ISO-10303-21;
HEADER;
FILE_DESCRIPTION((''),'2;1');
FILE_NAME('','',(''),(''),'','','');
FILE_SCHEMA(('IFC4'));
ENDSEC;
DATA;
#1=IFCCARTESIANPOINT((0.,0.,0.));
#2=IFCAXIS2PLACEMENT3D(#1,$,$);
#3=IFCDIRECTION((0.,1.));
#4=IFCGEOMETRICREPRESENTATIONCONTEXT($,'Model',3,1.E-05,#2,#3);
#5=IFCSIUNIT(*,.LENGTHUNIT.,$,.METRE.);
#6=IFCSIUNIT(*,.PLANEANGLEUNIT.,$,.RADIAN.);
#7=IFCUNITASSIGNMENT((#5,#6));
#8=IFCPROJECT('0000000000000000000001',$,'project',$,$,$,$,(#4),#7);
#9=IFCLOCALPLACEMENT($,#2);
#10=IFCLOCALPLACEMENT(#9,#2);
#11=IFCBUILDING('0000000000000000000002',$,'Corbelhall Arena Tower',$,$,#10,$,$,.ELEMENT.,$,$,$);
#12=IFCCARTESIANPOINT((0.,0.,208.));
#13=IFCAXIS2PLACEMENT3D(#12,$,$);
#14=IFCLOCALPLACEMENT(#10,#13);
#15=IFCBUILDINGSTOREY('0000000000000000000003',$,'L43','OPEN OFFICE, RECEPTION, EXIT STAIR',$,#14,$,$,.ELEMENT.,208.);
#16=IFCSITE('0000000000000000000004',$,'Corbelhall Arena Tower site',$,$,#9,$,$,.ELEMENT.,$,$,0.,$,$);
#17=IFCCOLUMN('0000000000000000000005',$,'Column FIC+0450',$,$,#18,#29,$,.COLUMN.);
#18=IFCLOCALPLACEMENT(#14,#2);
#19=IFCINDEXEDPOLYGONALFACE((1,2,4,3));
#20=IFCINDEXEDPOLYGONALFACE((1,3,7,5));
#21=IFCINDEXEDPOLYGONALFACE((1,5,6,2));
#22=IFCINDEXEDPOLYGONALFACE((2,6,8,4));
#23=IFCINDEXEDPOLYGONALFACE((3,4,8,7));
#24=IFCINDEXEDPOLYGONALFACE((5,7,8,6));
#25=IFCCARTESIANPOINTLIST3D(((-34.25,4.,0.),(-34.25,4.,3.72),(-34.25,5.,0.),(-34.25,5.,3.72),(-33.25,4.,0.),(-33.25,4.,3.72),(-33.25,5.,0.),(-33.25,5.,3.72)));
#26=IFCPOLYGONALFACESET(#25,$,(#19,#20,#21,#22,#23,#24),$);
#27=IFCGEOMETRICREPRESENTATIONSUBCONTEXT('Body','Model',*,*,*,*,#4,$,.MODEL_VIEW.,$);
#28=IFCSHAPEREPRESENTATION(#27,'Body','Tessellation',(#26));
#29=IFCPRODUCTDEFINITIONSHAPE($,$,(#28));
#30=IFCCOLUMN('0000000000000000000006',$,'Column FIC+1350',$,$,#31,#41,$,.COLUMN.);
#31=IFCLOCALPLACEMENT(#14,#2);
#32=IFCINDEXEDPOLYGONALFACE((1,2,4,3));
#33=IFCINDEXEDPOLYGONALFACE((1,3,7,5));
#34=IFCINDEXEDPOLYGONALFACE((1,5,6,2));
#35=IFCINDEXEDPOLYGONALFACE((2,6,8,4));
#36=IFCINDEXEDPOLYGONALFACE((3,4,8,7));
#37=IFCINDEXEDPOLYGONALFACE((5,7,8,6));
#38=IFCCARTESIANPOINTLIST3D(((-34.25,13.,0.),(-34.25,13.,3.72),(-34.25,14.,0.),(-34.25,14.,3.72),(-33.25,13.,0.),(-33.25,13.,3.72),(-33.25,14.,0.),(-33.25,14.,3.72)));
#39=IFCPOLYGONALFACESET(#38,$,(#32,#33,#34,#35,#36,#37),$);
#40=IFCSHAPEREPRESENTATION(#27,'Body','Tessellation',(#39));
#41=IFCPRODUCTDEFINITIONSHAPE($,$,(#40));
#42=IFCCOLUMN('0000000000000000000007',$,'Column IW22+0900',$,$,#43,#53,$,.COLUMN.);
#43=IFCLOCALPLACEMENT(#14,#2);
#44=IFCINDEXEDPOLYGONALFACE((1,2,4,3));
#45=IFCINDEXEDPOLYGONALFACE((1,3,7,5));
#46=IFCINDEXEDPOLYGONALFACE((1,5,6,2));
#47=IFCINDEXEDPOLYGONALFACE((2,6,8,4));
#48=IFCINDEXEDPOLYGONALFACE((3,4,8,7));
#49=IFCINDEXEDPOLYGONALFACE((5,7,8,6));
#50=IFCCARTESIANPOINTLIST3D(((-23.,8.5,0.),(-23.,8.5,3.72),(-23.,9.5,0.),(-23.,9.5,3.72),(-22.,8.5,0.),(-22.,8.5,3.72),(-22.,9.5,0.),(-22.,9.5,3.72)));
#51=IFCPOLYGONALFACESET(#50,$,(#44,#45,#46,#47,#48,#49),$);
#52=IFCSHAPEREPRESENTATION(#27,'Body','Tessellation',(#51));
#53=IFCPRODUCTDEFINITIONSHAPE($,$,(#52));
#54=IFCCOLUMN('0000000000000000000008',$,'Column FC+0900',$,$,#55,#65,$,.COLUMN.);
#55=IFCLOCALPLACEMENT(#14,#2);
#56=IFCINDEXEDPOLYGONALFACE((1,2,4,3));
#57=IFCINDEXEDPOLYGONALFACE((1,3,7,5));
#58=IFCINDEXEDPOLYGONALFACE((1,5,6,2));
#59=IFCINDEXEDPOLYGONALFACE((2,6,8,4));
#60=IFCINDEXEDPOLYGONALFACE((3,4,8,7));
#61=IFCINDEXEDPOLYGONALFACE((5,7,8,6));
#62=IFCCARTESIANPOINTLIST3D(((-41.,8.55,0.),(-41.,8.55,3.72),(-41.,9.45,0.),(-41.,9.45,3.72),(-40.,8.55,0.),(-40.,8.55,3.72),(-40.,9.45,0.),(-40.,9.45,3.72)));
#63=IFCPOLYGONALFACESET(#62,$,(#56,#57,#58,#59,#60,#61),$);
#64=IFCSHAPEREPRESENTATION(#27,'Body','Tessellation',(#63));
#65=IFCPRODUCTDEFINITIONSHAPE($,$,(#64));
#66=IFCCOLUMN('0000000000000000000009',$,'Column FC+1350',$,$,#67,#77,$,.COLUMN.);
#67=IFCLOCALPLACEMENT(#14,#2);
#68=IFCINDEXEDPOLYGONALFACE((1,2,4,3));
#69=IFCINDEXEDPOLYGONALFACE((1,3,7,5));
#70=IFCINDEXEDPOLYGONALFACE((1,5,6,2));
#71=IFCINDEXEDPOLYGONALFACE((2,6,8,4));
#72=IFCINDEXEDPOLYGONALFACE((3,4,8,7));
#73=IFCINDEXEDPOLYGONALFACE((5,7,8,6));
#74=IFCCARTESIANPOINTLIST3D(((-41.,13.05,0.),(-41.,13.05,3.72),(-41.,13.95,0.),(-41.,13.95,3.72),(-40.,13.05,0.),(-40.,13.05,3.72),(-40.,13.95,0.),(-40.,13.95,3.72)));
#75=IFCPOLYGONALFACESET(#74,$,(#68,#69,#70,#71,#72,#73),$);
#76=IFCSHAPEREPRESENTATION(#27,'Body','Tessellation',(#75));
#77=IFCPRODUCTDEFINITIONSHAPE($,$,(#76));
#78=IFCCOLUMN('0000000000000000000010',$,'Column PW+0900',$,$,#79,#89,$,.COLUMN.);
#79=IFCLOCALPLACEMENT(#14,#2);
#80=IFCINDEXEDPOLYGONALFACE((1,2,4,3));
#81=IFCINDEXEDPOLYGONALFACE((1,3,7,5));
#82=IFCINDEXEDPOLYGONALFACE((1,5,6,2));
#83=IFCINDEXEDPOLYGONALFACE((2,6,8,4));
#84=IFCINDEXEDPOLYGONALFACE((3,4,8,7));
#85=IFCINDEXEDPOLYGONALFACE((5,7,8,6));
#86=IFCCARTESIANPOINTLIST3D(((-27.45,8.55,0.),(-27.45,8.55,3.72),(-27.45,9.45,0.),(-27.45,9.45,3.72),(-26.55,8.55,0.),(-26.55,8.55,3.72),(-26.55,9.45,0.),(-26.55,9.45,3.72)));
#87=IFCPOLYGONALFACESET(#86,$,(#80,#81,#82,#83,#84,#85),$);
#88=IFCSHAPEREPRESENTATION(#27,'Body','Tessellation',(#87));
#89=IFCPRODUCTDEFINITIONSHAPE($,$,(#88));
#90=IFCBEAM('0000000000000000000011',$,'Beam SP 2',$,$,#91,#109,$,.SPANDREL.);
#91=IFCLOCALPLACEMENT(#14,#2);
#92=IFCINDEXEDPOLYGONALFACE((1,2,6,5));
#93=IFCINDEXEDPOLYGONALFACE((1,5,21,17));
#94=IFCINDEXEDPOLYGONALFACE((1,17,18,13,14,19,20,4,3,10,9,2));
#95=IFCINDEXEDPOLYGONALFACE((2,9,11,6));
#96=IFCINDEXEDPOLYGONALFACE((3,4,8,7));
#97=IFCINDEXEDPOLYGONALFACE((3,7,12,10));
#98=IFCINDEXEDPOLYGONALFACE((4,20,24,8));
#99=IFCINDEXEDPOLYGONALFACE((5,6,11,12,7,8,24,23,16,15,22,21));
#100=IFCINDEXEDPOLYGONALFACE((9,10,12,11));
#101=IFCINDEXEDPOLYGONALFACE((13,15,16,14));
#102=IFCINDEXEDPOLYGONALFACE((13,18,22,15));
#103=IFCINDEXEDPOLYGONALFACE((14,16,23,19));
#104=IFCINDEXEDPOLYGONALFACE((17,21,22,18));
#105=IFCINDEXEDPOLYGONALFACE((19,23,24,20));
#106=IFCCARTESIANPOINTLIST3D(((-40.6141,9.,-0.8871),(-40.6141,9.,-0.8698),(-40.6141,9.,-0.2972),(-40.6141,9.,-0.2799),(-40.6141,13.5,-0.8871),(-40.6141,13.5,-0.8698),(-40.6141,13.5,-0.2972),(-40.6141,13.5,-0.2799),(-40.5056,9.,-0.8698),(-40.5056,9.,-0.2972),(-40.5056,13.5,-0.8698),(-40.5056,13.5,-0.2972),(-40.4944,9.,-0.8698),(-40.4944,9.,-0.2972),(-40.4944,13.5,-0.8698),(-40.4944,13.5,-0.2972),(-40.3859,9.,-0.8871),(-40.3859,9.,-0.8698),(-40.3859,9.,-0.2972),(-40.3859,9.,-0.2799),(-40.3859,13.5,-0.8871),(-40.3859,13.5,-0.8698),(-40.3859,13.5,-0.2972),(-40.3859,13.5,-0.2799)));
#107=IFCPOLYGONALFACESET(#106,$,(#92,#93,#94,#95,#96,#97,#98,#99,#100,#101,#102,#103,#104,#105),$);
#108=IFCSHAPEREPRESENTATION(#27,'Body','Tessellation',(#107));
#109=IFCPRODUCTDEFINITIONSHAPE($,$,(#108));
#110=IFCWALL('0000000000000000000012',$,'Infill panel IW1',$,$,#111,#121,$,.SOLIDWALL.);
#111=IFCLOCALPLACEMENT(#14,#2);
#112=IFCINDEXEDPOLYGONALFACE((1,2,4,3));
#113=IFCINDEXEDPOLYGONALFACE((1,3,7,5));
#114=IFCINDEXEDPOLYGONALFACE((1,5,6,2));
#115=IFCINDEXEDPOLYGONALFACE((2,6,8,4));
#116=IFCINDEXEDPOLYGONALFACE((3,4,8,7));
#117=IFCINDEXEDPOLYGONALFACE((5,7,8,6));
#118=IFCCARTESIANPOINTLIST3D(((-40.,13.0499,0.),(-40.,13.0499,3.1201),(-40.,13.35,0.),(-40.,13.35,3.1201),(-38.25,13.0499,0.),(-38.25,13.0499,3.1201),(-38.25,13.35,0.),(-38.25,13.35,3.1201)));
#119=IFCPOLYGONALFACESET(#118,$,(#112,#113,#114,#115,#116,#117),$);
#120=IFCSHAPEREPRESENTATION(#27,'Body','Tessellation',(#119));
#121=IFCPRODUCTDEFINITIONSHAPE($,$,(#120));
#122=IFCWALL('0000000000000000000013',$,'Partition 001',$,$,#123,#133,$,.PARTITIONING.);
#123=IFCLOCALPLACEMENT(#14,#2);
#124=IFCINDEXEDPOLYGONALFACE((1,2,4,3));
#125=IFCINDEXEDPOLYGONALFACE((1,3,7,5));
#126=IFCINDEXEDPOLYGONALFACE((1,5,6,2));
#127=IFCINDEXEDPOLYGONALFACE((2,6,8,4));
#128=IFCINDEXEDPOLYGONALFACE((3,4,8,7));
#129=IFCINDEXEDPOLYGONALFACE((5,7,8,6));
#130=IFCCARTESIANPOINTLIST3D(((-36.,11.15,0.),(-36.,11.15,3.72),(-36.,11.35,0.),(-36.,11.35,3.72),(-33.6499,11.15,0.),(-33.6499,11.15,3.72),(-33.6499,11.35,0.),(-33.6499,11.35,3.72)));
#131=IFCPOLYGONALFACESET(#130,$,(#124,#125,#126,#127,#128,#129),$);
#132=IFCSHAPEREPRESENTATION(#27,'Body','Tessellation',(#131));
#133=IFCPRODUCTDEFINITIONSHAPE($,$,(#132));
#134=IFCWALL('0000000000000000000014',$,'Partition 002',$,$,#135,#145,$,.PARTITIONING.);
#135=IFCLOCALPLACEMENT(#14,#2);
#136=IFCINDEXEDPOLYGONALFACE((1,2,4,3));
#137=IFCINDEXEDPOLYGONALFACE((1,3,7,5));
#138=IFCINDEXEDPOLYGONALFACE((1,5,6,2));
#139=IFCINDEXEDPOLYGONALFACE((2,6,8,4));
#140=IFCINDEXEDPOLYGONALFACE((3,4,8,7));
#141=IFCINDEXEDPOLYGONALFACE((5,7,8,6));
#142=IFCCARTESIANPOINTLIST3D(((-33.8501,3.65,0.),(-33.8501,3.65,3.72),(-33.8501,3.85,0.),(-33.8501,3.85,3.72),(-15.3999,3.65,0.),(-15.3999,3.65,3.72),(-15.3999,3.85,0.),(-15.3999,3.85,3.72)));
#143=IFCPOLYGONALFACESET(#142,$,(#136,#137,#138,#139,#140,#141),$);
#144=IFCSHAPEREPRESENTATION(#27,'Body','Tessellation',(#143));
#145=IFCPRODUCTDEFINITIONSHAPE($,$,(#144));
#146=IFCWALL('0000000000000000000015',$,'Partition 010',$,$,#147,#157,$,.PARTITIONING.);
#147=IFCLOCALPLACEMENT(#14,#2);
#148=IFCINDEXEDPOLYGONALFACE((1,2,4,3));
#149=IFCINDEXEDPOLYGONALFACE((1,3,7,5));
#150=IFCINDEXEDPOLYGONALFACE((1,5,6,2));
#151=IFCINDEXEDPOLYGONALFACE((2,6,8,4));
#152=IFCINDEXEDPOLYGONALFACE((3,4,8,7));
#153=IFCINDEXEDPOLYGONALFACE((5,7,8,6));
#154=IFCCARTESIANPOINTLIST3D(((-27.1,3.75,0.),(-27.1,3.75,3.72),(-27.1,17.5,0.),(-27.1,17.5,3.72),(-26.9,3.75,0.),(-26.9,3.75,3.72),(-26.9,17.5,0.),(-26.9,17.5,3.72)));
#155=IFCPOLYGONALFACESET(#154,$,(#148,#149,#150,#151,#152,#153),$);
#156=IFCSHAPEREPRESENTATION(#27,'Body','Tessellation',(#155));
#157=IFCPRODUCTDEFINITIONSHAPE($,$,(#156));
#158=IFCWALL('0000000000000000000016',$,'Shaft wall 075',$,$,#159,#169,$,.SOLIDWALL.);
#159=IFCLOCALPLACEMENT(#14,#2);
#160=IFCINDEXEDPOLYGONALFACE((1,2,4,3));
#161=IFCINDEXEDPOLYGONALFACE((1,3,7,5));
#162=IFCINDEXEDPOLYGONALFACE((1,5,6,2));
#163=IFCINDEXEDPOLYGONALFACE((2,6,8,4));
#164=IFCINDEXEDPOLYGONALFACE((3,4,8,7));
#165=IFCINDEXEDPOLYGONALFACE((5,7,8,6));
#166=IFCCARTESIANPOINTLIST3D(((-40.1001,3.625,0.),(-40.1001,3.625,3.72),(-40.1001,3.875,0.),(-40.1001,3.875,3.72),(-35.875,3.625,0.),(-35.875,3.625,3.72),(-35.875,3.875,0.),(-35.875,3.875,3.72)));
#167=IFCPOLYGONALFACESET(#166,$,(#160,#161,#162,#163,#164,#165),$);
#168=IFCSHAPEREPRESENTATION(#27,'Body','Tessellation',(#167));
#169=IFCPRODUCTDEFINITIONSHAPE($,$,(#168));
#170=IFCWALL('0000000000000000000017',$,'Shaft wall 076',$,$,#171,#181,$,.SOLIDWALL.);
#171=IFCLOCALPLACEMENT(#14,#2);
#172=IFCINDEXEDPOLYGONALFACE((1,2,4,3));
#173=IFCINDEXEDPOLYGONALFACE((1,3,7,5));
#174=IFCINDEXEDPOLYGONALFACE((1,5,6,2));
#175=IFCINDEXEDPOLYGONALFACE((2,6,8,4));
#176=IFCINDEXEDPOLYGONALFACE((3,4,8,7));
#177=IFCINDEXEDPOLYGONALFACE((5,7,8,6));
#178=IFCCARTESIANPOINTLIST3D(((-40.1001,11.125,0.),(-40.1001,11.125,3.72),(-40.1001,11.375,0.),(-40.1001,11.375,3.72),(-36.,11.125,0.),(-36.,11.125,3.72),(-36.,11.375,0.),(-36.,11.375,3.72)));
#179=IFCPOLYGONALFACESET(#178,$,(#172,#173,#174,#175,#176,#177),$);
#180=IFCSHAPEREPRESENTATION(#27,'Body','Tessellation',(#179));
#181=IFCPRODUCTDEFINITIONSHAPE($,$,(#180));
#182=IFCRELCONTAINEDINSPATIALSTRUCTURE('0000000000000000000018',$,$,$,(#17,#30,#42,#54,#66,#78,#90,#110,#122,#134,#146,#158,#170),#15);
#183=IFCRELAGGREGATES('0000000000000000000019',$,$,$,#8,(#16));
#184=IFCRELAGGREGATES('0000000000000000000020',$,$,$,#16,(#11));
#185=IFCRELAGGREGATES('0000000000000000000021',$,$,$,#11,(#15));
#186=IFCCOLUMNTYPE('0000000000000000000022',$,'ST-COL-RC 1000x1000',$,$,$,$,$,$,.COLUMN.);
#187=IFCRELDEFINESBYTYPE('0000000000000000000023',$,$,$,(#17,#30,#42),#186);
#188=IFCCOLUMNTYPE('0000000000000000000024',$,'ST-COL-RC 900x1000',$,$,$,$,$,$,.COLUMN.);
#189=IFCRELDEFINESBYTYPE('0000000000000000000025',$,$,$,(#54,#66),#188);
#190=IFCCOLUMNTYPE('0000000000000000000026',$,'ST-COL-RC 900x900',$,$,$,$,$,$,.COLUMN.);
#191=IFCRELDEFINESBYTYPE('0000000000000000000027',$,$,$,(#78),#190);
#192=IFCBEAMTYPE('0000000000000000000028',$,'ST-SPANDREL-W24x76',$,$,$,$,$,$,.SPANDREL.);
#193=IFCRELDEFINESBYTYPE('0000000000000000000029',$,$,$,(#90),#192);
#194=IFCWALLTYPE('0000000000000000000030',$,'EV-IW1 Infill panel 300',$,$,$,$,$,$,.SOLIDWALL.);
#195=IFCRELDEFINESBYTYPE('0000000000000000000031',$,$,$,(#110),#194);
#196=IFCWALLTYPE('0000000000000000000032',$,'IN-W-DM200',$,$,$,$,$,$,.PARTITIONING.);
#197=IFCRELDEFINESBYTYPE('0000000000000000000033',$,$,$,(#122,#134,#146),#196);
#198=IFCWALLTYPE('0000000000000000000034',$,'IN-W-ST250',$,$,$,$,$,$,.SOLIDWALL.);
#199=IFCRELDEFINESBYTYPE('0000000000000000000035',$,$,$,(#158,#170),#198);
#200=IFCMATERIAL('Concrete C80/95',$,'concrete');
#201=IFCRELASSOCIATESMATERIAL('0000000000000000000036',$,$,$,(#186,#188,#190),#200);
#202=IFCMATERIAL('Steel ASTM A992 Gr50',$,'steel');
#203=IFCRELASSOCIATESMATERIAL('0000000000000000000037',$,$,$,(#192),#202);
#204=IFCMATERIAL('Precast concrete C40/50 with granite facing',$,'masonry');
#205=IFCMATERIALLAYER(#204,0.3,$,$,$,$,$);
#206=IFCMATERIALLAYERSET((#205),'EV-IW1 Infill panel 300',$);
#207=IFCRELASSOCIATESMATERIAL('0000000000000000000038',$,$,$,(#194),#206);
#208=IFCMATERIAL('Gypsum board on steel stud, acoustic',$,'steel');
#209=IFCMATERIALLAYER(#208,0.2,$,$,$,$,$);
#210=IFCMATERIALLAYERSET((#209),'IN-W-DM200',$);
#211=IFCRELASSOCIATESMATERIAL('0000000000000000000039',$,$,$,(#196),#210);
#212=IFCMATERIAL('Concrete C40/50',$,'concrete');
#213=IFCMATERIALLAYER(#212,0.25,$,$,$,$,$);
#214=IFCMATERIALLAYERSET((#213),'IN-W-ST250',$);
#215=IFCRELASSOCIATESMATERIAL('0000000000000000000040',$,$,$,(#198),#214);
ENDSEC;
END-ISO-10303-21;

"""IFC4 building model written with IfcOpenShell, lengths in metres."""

from ifc_helpers import new_model, si_unit, direction, frame, frame_2d, origin, origin_2d, place, context, subcontext, project, spatial, rectangle, i_section, extrude, material, layer, layer_set, material_profile, profile_set, type_object, element, save


model = new_model("IFC4")

# Units and contexts
model_context = context("Model", 3, precision=1e-05, world=origin(), true_north=direction((0.0, 1.0)))
body_context = subcontext(model_context, "Body", "Model", "MODEL_VIEW")
ifc_project = project(units=[si_unit("LENGTHUNIT", "METRE"), si_unit("PLANEANGLEUNIT", "RADIAN")], contexts=[model_context])

# Site, building, storey
site_placement = place(None, origin())
site = spatial("IfcSite", under=ifc_project, at=site_placement, Name="Corbelhall Arena Tower site", CompositionType="ELEMENT", RefElevation=0.0)
building_placement = place(site_placement, origin())
building = spatial("IfcBuilding", under=site, at=building_placement, Name="Corbelhall Arena Tower", CompositionType="ELEMENT")
storey_placement = place(building_placement, frame((0.0, 0.0, 208.0)))
storey = spatial("IfcBuildingStorey", under=building, at=storey_placement, Name="L43", Description="OPEN OFFICE, RECEPTION, EXIT STAIR", CompositionType="ELEMENT", Elevation=208.0)

# Columns
ifc_material_1 = material(Name="Concrete C80/95", Category="concrete")
ifc_material_profile_1 = material_profile(ifc_material_1, rectangle(XDim=1.0, YDim=1.0, at=origin_2d()))
ifc_profile_set_1 = profile_set([ifc_material_profile_1], Name="Concrete C80/95")
column_type_1 = type_object("IfcColumnType", Name="ST-COL-RC 1000x1000", PredefinedType="COLUMN", material=ifc_profile_set_1)
for number, where, z_axis, x_axis, name in (
    (1, (-33.75, 4.5, 0.0), (0.0, 0.0, 1.0), (1.0, 0.0, 0.0), "Column FIC+0450"),
    (2, (-33.75, 13.5, 0.0), (0.0, 0.0, 1.0), (1.0, 0.0, 0.0), "Column FIC+1350"),
    (3, (-22.5, 9.0, 0.0), (0.0, 0.0, 1.0), (1.0, 0.0, 0.0), "Column IW22+0900"),
):
    element("IfcColumn", number, at=place(storey_placement, frame(where, z_axis=z_axis, x_axis=x_axis)), inside=storey, type_object=column_type_1, Name=name, PredefinedType="COLUMN", context=body_context, shape_type="SweptSolid", body=[
        extrude(rectangle(XDim=1.0, YDim=1.0, at=origin_2d()), origin(), (0.0, 0.0, 1.0), 3.72),
    ])
ifc_material_profile_2 = material_profile(ifc_material_1, rectangle(XDim=0.8999, YDim=1.0, at=origin_2d()))
ifc_profile_set_2 = profile_set([ifc_material_profile_2], Name="Concrete C80/95")
column_type_2 = type_object("IfcColumnType", Name="ST-COL-RC 900x1000", PredefinedType="COLUMN", material=ifc_profile_set_2)
for number, where, z_axis, x_axis, name in (
    (4, (-40.5, 9.0, 0.0), (0.0, 0.0, 1.0), (0.0, 1.0, 0.0), "Column FC+0900"),
    (5, (-40.5, 13.5, 0.0), (0.0, 0.0, 1.0), (0.0, 1.0, 0.0), "Column FC+1350"),
):
    element("IfcColumn", number, at=place(storey_placement, frame(where, z_axis=z_axis, x_axis=x_axis)), inside=storey, type_object=column_type_2, Name=name, PredefinedType="COLUMN", context=body_context, shape_type="SweptSolid", body=[
        extrude(rectangle(XDim=0.8999, YDim=1.0, at=origin_2d()), origin(), (0.0, 0.0, 1.0), 3.72),
    ])
ifc_material_profile_3 = material_profile(ifc_material_1, rectangle(XDim=0.8999, YDim=0.8999, at=origin_2d()))
ifc_profile_set_3 = profile_set([ifc_material_profile_3], Name="Concrete C80/95")
column_type_3 = type_object("IfcColumnType", Name="ST-COL-RC 900x900", PredefinedType="COLUMN", material=ifc_profile_set_3)
column_placement = place(storey_placement, frame((-27.0, 9.0, 0.0), z_axis=(0.0, 0.0, 1.0), x_axis=(1.0, 0.0, 0.0)))
element("IfcColumn", 6, at=column_placement, inside=storey, type_object=column_type_3, Name="Column PW+0900", PredefinedType="COLUMN", context=body_context, shape_type="SweptSolid", body=[
    extrude(rectangle(XDim=0.8999, YDim=0.8999, at=origin_2d()), origin(), (0.0, 0.0, 1.0), 3.72),
])

# Beam
ifc_material_2 = material(Name="Steel ASTM A992 Gr50", Category="steel")
ifc_material_profile_4 = material_profile(ifc_material_2, i_section(OverallWidth=0.2283, OverallDepth=0.6072, WebThickness=0.0112, FlangeThickness=0.0173, at=origin_2d()))
ifc_profile_set_4 = profile_set([ifc_material_profile_4], Name="Steel ASTM A992 Gr50")
beam_type = type_object("IfcBeamType", Name="ST-SPANDREL-W24x76", PredefinedType="SPANDREL", material=ifc_profile_set_4)
beam_placement = place(storey_placement, frame((-40.5, 9.0, -0.5835), z_axis=(0.0, 1.0, 0.0), x_axis=(-1.0, 0.0, 0.0)))
element("IfcBeam", 7, at=beam_placement, inside=storey, type_object=beam_type, Name="Beam SP 2", PredefinedType="SPANDREL", context=body_context, shape_type="SweptSolid", body=[
    extrude(i_section(OverallWidth=0.2283, OverallDepth=0.6072, WebThickness=0.0112, FlangeThickness=0.0173, at=origin_2d()), origin(), (0.0, 0.0, 1.0), 4.5),
])

# Wall
ifc_material_3 = material(Name="Precast concrete C40/50 with granite facing", Category="masonry")
ifc_layer_1 = layer(ifc_material_3, 0.3)
ifc_layer_set_1 = layer_set([ifc_layer_1], Name="EV-IW1 Infill panel 300")
wall_type_1 = type_object("IfcWallType", Name="EV-IW1 Infill panel 300", PredefinedType="SOLIDWALL", material=ifc_layer_set_1)
wall_1_placement = place(storey_placement, frame((-40.0, 13.2, 0.0), z_axis=(0.0, 0.0, 1.0), x_axis=(1.0, 0.0, 0.0)))
element("IfcWall", 8, at=wall_1_placement, inside=storey, type_object=wall_type_1, Name="Infill panel IW1", PredefinedType="SOLIDWALL", context=body_context, shape_type="SweptSolid", body=[
    extrude(rectangle(XDim=1.75, YDim=0.3, at=frame_2d((0.875, 0.0))), origin(), (0.0, 0.0, 1.0), 3.1201),
])

# Walls
ifc_material_4 = material(Name="Gypsum board on steel stud, acoustic", Category="steel")
ifc_layer_2 = layer(ifc_material_4, 0.2)
ifc_layer_set_2 = layer_set([ifc_layer_2], Name="IN-W-DM200")
wall_type_2 = type_object("IfcWallType", Name="IN-W-DM200", PredefinedType="PARTITIONING", material=ifc_layer_set_2)
wall_2_placement = place(storey_placement, frame((-36.0, 11.25, 0.0), z_axis=(0.0, 0.0, 1.0), x_axis=(1.0, 0.0, 0.0)))
element("IfcWall", 9, at=wall_2_placement, inside=storey, type_object=wall_type_2, Name="Partition 001", PredefinedType="PARTITIONING", context=body_context, shape_type="SweptSolid", body=[
    extrude(rectangle(XDim=2.3501, YDim=0.2, at=frame_2d((1.175, 0.0))), origin(), (0.0, 0.0, 1.0), 3.72),
])
wall_3_placement = place(storey_placement, frame((-33.8501, 3.75, 0.0), z_axis=(0.0, 0.0, 1.0), x_axis=(1.0, 0.0, 0.0)))
element("IfcWall", 10, at=wall_3_placement, inside=storey, type_object=wall_type_2, Name="Partition 002", PredefinedType="PARTITIONING", context=body_context, shape_type="SweptSolid", body=[
    extrude(rectangle(XDim=18.4502, YDim=0.2, at=frame_2d((9.2251, 0.0))), origin(), (0.0, 0.0, 1.0), 3.72),
])

# Walls
wall_4_placement = place(storey_placement, frame((-27.0, 3.75, 0.0), z_axis=(0.0, 0.0, 1.0), x_axis=(0.0, 1.0, 0.0)))
element("IfcWall", 11, at=wall_4_placement, inside=storey, type_object=wall_type_2, Name="Partition 010", PredefinedType="PARTITIONING", context=body_context, shape_type="SweptSolid", body=[
    extrude(rectangle(XDim=13.75, YDim=0.2, at=frame_2d((6.875, 0.0))), origin(), (0.0, 0.0, 1.0), 3.72),
])
ifc_material_5 = material(Name="Concrete C40/50", Category="concrete")
ifc_layer_3 = layer(ifc_material_5, 0.25)
ifc_layer_set_3 = layer_set([ifc_layer_3], Name="IN-W-ST250")
wall_type_3 = type_object("IfcWallType", Name="IN-W-ST250", PredefinedType="SOLIDWALL", material=ifc_layer_set_3)
wall_5_placement = place(storey_placement, frame((-40.1001, 3.75, 0.0), z_axis=(0.0, 0.0, 1.0), x_axis=(1.0, 0.0, 0.0)))
element("IfcWall", 12, at=wall_5_placement, inside=storey, type_object=wall_type_3, Name="Shaft wall 075", PredefinedType="SOLIDWALL", context=body_context, shape_type="SweptSolid", body=[
    extrude(rectangle(XDim=4.2251, YDim=0.25, at=frame_2d((2.1125, 0.0))), origin(), (0.0, 0.0, 1.0), 3.72),
])
wall_6_placement = place(storey_placement, frame((-40.1001, 11.25, 0.0), z_axis=(0.0, 0.0, 1.0), x_axis=(1.0, 0.0, 0.0)))
element("IfcWall", 13, at=wall_6_placement, inside=storey, type_object=wall_type_3, Name="Shaft wall 076", PredefinedType="SOLIDWALL", context=body_context, shape_type="SweptSolid", body=[
    extrude(rectangle(XDim=4.1001, YDim=0.25, at=frame_2d((2.05, 0.0))), origin(), (0.0, 0.0, 1.0), 3.72),
])

save(model, "model.ifc")
